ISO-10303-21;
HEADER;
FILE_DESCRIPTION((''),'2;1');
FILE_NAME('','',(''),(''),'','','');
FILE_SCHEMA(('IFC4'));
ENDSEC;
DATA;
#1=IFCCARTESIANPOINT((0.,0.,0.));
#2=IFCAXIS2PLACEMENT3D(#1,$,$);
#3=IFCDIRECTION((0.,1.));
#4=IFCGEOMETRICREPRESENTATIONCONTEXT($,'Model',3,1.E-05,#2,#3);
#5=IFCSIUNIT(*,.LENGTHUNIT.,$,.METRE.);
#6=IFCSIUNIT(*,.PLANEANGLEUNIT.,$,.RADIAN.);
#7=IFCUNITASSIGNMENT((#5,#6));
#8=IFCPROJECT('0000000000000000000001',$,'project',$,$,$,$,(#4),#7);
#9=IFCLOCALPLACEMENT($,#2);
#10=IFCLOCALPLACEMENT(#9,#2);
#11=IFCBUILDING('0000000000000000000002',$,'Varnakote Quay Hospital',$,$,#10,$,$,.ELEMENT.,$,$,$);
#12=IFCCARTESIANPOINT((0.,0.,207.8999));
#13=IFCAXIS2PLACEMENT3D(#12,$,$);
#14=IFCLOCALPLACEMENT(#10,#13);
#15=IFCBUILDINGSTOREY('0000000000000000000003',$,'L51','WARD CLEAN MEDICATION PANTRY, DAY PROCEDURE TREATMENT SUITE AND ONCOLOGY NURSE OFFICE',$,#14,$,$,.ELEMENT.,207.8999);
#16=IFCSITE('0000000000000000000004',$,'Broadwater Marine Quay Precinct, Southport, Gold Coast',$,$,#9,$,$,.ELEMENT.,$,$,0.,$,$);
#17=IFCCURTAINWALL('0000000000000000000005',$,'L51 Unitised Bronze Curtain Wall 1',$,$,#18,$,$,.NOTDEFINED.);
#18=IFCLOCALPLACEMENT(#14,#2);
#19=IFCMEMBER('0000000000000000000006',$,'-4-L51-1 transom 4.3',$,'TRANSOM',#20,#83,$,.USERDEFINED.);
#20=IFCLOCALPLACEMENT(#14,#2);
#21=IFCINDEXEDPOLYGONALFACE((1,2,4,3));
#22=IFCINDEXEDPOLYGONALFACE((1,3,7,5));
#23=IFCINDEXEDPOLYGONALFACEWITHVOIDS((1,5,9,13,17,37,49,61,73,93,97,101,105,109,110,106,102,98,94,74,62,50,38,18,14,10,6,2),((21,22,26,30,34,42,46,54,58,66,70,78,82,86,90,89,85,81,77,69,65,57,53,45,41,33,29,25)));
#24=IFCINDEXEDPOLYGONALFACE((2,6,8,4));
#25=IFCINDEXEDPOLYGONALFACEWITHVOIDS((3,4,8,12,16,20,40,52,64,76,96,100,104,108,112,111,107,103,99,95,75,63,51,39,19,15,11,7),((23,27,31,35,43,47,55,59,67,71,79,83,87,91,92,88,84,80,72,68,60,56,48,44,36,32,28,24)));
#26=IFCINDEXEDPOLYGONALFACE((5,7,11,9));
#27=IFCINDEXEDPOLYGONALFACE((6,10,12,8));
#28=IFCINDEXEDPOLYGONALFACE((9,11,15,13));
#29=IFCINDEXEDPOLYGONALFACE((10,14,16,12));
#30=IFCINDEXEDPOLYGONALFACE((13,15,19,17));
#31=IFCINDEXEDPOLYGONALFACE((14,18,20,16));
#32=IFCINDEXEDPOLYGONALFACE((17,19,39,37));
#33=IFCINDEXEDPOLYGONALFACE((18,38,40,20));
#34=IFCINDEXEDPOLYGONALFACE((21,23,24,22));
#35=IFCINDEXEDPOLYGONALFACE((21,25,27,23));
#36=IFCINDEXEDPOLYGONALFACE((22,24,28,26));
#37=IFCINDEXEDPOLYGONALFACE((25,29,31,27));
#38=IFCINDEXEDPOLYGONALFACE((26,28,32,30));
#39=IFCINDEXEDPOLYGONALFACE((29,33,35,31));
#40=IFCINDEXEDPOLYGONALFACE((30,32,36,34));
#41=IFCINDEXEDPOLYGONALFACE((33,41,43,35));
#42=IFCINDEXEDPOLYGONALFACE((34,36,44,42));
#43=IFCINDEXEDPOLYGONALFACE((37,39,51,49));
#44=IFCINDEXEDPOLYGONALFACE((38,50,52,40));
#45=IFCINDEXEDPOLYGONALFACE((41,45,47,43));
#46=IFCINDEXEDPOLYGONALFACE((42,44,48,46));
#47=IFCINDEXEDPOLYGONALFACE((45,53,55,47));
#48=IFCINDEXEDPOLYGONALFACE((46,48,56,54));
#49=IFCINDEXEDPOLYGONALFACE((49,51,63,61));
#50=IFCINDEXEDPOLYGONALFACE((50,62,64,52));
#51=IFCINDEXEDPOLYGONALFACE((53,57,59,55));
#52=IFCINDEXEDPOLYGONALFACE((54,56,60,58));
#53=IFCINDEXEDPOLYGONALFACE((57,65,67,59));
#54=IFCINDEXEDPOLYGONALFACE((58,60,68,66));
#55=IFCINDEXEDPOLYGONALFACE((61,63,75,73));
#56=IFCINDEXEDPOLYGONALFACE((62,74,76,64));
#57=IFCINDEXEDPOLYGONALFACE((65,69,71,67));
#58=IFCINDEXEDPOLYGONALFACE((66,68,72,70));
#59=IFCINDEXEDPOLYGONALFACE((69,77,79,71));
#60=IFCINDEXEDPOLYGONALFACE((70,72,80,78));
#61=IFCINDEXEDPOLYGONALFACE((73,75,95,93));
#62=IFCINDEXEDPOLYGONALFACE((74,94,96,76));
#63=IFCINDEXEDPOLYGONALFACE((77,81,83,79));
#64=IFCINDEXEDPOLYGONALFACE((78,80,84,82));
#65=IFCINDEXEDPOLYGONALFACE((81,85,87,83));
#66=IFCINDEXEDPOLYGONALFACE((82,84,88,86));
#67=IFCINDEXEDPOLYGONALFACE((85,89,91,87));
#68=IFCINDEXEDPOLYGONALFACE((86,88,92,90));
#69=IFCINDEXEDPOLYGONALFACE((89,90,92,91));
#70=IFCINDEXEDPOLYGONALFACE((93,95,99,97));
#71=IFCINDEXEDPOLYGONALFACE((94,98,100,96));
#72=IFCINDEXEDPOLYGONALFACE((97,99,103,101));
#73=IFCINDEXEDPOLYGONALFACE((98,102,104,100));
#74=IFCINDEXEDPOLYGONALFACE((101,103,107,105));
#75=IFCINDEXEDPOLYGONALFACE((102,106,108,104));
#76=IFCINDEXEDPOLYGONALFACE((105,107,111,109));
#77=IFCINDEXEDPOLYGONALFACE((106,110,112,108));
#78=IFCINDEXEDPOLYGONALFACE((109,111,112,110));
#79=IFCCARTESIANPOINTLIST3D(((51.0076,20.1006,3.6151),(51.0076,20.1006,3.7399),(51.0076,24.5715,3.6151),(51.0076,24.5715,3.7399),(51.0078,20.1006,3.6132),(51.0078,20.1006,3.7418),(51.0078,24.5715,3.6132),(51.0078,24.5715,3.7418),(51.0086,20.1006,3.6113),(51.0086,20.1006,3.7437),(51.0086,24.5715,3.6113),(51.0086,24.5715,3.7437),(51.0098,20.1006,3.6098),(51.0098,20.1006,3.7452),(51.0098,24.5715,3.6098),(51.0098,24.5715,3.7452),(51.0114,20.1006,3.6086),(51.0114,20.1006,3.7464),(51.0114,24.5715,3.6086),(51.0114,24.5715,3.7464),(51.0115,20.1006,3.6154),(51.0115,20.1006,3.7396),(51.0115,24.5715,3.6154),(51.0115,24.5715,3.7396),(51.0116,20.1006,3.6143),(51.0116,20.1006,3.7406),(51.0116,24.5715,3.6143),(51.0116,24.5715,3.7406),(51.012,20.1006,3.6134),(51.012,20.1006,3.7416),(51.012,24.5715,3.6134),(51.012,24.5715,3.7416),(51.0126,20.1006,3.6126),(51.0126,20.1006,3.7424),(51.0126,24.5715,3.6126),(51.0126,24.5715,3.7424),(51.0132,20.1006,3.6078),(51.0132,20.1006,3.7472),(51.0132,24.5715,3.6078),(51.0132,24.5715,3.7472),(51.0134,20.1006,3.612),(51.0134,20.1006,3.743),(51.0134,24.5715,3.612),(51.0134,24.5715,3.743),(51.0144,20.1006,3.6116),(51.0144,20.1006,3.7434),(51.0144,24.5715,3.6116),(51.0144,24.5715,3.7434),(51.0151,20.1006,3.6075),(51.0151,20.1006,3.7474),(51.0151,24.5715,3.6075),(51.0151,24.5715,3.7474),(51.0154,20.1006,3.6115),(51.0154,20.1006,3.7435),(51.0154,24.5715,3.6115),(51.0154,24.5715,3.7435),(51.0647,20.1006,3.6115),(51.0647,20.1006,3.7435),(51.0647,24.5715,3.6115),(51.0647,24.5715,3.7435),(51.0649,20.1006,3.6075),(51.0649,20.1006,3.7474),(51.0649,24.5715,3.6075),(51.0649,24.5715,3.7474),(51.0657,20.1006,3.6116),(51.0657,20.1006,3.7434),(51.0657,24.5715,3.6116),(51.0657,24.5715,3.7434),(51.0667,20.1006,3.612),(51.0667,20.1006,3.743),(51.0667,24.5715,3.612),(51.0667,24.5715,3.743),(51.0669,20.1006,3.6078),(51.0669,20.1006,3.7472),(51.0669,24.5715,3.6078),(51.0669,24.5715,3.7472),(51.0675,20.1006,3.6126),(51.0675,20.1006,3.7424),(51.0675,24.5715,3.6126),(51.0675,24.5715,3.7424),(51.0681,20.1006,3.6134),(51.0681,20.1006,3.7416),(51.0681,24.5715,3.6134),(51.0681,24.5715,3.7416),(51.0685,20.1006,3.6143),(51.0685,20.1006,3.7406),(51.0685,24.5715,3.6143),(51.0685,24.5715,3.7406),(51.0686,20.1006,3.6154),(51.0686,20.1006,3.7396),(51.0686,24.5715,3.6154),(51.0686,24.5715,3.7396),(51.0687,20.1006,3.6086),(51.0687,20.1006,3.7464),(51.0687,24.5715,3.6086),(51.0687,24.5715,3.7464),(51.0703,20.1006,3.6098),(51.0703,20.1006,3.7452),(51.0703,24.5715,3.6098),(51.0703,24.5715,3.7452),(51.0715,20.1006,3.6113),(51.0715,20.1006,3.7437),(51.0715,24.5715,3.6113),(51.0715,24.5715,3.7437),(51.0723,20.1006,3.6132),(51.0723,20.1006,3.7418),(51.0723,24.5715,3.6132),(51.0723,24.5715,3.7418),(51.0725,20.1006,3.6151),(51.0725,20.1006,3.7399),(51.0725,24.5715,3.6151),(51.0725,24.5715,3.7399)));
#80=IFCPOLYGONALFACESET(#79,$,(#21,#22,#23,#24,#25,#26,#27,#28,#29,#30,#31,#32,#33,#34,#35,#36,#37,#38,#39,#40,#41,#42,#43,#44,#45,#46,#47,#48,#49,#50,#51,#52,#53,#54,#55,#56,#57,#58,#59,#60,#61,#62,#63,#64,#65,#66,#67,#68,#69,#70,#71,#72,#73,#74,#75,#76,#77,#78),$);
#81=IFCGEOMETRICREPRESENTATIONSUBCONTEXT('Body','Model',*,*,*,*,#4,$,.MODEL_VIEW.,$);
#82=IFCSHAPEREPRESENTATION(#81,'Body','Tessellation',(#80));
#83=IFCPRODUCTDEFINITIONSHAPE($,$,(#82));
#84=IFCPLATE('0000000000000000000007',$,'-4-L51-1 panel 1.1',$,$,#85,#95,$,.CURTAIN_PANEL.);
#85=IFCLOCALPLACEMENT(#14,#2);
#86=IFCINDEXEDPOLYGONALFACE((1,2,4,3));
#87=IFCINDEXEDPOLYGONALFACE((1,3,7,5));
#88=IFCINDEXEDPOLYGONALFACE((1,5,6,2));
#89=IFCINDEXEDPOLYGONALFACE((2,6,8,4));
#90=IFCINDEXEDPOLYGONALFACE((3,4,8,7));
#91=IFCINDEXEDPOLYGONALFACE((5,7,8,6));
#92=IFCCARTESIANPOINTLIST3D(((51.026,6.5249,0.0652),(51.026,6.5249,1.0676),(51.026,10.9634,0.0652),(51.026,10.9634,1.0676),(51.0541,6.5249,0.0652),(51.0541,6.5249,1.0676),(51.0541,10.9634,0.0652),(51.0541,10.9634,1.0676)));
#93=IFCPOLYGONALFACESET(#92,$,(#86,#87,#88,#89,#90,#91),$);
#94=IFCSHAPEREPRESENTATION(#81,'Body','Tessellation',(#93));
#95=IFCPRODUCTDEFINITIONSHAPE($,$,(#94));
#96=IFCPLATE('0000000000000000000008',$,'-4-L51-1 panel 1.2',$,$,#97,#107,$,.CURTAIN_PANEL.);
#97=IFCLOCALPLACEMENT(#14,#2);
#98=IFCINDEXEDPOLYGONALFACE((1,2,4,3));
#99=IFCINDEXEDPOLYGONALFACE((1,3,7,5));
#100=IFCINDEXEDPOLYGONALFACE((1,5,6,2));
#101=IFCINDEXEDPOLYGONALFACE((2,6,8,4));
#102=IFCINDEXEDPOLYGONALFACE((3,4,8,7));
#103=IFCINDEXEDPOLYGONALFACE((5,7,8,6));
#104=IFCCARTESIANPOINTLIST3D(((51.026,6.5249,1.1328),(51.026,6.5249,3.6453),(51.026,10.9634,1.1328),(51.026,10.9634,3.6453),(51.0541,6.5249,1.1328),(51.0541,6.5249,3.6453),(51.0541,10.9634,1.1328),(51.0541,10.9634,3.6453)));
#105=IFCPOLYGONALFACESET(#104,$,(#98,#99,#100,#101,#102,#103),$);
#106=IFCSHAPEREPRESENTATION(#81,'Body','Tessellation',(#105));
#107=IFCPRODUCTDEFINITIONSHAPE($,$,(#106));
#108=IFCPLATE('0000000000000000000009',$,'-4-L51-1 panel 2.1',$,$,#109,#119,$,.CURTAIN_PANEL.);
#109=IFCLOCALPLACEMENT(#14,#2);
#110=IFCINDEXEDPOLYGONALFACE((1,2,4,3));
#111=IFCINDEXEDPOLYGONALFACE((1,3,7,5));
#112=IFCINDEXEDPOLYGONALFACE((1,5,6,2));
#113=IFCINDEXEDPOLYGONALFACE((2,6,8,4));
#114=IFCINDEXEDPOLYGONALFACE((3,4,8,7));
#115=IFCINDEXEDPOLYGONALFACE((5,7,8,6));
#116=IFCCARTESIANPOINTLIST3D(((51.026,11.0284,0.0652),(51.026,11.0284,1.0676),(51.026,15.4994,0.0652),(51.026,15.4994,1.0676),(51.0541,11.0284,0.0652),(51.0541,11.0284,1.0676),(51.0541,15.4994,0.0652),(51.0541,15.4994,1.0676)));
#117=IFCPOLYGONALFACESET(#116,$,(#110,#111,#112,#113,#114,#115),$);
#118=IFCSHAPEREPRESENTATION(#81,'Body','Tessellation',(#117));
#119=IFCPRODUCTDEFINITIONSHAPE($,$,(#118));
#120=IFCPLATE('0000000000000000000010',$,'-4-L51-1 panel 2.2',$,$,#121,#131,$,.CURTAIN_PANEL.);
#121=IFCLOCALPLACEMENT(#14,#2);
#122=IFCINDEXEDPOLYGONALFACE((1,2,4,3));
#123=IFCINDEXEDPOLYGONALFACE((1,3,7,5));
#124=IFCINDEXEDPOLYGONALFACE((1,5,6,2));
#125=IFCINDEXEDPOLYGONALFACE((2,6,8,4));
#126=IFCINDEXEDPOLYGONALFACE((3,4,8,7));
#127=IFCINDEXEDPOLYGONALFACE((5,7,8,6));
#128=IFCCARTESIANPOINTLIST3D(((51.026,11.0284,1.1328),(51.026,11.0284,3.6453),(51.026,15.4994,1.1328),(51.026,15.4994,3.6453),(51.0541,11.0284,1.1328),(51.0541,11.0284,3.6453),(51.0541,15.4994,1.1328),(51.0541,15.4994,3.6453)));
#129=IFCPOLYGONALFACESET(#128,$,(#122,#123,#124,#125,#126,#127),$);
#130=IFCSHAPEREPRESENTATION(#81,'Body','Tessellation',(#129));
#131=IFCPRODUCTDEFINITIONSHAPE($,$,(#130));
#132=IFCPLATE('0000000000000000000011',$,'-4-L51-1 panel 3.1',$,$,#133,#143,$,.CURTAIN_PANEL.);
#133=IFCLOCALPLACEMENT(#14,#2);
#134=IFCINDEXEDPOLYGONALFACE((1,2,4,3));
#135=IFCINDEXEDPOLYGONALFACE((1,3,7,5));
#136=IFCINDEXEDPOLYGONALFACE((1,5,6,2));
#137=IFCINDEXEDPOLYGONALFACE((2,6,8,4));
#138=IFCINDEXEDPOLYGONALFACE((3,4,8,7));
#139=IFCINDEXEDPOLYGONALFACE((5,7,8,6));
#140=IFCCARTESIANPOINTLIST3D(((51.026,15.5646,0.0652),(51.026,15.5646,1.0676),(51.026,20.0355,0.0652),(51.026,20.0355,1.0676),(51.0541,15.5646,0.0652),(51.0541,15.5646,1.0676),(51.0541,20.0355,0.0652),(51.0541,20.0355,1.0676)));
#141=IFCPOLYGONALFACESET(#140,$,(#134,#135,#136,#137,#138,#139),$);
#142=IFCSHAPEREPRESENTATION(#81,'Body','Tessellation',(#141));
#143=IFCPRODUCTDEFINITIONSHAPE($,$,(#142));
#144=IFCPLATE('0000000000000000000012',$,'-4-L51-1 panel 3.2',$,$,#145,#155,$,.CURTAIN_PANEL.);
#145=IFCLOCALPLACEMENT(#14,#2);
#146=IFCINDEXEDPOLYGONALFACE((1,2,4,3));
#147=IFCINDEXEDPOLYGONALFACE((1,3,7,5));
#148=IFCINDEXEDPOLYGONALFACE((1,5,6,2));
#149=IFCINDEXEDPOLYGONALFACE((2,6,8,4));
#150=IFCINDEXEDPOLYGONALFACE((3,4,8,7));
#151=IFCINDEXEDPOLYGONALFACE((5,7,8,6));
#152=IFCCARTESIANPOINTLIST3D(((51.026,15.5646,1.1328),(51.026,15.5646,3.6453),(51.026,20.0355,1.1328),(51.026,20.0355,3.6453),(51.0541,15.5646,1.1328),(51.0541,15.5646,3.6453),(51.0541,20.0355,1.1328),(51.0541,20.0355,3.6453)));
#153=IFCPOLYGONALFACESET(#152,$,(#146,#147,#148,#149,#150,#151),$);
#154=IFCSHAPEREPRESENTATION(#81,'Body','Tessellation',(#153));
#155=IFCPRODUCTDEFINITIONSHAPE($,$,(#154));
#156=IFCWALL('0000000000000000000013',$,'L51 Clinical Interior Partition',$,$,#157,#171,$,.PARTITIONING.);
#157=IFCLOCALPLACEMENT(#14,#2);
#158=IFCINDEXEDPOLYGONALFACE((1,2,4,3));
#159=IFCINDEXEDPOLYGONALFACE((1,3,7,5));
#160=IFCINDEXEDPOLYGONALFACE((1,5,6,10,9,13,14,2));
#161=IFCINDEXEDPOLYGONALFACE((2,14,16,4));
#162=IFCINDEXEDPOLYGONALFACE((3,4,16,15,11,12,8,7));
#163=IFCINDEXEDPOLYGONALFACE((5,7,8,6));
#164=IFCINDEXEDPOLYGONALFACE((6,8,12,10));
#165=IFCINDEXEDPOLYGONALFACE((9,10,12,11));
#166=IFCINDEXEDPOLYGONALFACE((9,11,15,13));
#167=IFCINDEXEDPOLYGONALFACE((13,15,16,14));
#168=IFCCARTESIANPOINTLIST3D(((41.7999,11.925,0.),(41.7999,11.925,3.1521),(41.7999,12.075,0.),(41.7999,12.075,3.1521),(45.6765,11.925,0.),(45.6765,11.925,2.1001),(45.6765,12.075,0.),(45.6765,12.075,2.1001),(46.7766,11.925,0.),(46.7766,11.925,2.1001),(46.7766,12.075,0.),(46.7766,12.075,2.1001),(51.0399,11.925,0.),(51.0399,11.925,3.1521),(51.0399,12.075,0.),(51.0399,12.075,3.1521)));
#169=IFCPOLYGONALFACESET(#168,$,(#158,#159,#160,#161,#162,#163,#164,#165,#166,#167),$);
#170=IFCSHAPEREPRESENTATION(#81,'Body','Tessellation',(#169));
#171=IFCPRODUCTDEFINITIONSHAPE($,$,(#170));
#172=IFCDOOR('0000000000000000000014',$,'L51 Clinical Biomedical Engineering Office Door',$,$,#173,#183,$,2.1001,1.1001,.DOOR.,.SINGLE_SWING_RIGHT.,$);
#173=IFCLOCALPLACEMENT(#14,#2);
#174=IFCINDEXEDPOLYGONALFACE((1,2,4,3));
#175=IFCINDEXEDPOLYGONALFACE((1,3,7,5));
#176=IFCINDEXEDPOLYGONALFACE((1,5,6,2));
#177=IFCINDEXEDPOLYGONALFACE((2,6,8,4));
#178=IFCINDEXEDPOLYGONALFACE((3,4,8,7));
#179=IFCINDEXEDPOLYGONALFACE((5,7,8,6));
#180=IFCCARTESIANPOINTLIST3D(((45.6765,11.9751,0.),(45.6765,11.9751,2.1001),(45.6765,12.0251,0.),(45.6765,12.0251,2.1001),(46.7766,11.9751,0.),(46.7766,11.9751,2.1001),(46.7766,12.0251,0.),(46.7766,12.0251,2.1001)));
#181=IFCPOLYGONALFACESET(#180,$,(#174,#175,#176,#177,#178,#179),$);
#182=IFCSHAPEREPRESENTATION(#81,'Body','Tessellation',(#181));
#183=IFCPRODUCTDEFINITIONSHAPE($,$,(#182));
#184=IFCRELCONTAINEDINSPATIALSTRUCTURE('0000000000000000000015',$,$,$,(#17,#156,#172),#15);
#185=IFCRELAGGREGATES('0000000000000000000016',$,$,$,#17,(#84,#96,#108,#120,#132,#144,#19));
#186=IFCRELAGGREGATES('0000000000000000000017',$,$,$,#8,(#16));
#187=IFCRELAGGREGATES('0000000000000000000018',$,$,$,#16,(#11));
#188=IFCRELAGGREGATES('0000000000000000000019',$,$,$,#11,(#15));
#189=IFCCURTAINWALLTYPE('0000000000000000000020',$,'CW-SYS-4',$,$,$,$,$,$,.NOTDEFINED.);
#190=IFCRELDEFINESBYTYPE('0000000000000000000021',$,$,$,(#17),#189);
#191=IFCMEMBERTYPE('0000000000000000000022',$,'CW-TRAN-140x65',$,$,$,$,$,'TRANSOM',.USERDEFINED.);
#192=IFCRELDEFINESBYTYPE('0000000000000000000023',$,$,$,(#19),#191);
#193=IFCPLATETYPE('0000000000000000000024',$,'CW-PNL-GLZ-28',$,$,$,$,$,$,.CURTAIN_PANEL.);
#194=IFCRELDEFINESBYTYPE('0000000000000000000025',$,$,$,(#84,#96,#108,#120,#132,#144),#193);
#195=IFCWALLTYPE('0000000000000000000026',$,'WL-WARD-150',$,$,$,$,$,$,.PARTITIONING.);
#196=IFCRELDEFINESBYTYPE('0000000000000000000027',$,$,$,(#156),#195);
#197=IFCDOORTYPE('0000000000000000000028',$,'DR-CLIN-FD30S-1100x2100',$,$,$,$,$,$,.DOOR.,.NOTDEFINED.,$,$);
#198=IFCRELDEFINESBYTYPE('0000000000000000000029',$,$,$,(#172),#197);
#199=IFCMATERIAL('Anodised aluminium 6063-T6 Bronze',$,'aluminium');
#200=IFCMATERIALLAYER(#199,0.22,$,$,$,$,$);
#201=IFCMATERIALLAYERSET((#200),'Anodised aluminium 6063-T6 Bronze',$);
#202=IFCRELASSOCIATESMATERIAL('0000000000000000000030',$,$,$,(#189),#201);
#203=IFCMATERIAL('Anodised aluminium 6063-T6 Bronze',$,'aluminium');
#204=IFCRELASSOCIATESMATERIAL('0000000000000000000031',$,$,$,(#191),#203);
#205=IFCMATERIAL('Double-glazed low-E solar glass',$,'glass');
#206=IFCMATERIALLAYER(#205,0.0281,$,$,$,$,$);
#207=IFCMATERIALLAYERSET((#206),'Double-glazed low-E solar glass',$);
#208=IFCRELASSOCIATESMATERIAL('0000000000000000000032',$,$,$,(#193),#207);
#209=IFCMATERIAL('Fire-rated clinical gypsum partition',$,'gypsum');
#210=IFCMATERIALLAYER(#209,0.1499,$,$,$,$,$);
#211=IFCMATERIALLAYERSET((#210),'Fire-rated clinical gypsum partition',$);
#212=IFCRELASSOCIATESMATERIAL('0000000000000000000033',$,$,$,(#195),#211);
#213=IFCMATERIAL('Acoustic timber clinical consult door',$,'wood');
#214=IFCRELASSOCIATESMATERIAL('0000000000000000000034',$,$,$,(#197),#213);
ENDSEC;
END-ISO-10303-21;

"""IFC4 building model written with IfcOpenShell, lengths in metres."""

from ifc_helpers import new_model, si_unit, direction, frame, frame_2d, origin, origin_2d, place, context, subcontext, project, spatial, rectangle, hollow_rectangle, extrude, material, layer, layer_set, material_profile, profile_set, type_object, element, fill, aggregate, save


model = new_model("IFC4")

# Units and contexts
model_context = context("Model", 3, precision=1e-05, world=origin(), true_north=direction((0.0, 1.0)))
body_context = subcontext(model_context, "Body", "Model", "MODEL_VIEW")
ifc_project = project(units=[si_unit("LENGTHUNIT", "METRE"), si_unit("PLANEANGLEUNIT", "RADIAN")], contexts=[model_context])

# Site, building, storey
site_placement = place(None, origin())
site = spatial("IfcSite", under=ifc_project, at=site_placement, Name="Broadwater Marine Quay Precinct, Southport, Gold Coast", CompositionType="ELEMENT", RefElevation=0.0)
building_placement = place(site_placement, origin())
building = spatial("IfcBuilding", under=site, at=building_placement, Name="Varnakote Quay Hospital", CompositionType="ELEMENT")
storey_placement = place(building_placement, frame((0.0, 0.0, 207.8999)))
storey = spatial("IfcBuildingStorey", under=building, at=storey_placement, Name="L51", Description="WARD CLEAN MEDICATION PANTRY, DAY PROCEDURE TREATMENT SUITE AND ONCOLOGY NURSE OFFICE", CompositionType="ELEMENT", Elevation=207.8999)

# Curtain wall, member, plates
ifc_material_1 = material(Name="Anodised aluminium 6063-T6 Bronze", Category="aluminium")
ifc_layer_1 = layer(ifc_material_1, 0.22)
ifc_layer_set_1 = layer_set([ifc_layer_1], Name="Anodised aluminium 6063-T6 Bronze")
curtain_wall_type = type_object("IfcCurtainWallType", Name="CW-SYS-4", PredefinedType="NOTDEFINED", material=ifc_layer_set_1)
curtain_wall_placement = place(storey_placement, origin())
curtain_wall = element("IfcCurtainWall", 1, at=curtain_wall_placement, inside=storey, type_object=curtain_wall_type, Name="L51 Unitised Bronze Curtain Wall 1", PredefinedType="NOTDEFINED")
ifc_material_2 = material(Name="Anodised aluminium 6063-T6 Bronze", Category="aluminium")
ifc_material_profile_1 = material_profile(ifc_material_2, hollow_rectangle(XDim=0.0649, YDim=0.1399, WallThickness=0.0039, InnerFilletRadius=0.0039, OuterFilletRadius=0.0076, at=origin_2d()), Name="CW-TRAN-140x65")
ifc_profile_set_1 = profile_set([ifc_material_profile_1], Name="Anodised aluminium 6063-T6 Bronze")
member_type_1 = type_object("IfcMemberType", Name="CW-TRAN-140x65", ElementType="TRANSOM", PredefinedType="USERDEFINED", material=ifc_profile_set_1)
member_1_placement = place(storey_placement, frame((51.04, 20.1006, 3.6775), z_axis=(0.0, 1.0, 0.0), x_axis=(-1.0, 0.0, 0.0)))
member_1 = element("IfcMember", 2, at=member_1_placement, type_object=member_type_1, Name="-4-L51-1 transom 4.3", ObjectType="TRANSOM", PredefinedType="USERDEFINED", context=body_context, shape_type="SweptSolid", body=[
    extrude(hollow_rectangle(XDim=0.0649, YDim=0.1399, WallThickness=0.0039, InnerFilletRadius=0.0039, OuterFilletRadius=0.0076, at=origin_2d()), origin(), (0.0, 0.0, 1.0), 4.4709),
])
ifc_material_3 = material(Name="Double-glazed low-E solar glass", Category="glass")
ifc_layer_2 = layer(ifc_material_3, 0.0281)
ifc_layer_set_2 = layer_set([ifc_layer_2], Name="Double-glazed low-E solar glass")
plate_type = type_object("IfcPlateType", Name="CW-PNL-GLZ-28", PredefinedType="CURTAIN_PANEL", material=ifc_layer_set_2)
plate_1_placement = place(storey_placement, frame((51.04, 8.7441, 0.0652), z_axis=(0.0, 0.0, 1.0), x_axis=(0.0, 1.0, 0.0)))
plate_1 = element("IfcPlate", 3, at=plate_1_placement, type_object=plate_type, Name="-4-L51-1 panel 1.1", PredefinedType="CURTAIN_PANEL", context=body_context, shape_type="SweptSolid", body=[
    extrude(rectangle(XDim=4.4385, YDim=0.0281, at=origin_2d()), origin(), (0.0, 0.0, 1.0), 1.0024),
])
plate_2_placement = place(storey_placement, frame((51.04, 8.7441, 1.1328), z_axis=(0.0, 0.0, 1.0), x_axis=(0.0, 1.0, 0.0)))
plate_2 = element("IfcPlate", 4, at=plate_2_placement, type_object=plate_type, Name="-4-L51-1 panel 1.2", PredefinedType="CURTAIN_PANEL", context=body_context, shape_type="SweptSolid", body=[
    extrude(rectangle(XDim=4.4385, YDim=0.0281, at=origin_2d()), origin(), (0.0, 0.0, 1.0), 2.5125),
])
plate_3_placement = place(storey_placement, frame((51.04, 13.2639, 0.0652), z_axis=(0.0, 0.0, 1.0), x_axis=(0.0, 1.0, 0.0)))
plate_3 = element("IfcPlate", 5, at=plate_3_placement, type_object=plate_type, Name="-4-L51-1 panel 2.1", PredefinedType="CURTAIN_PANEL", context=body_context, shape_type="SweptSolid", body=[
    extrude(rectangle(XDim=4.4709, YDim=0.0281, at=origin_2d()), origin(), (0.0, 0.0, 1.0), 1.0024),
])
plate_4_placement = place(storey_placement, frame((51.04, 13.2639, 1.1328), z_axis=(0.0, 0.0, 1.0), x_axis=(0.0, 1.0, 0.0)))
plate_4 = element("IfcPlate", 6, at=plate_4_placement, type_object=plate_type, Name="-4-L51-1 panel 2.2", PredefinedType="CURTAIN_PANEL", context=body_context, shape_type="SweptSolid", body=[
    extrude(rectangle(XDim=4.4709, YDim=0.0281, at=origin_2d()), origin(), (0.0, 0.0, 1.0), 2.5125),
])
plate_5_placement = place(storey_placement, frame((51.04, 17.8, 0.0652), z_axis=(0.0, 0.0, 1.0), x_axis=(0.0, 1.0, 0.0)))
plate_5 = element("IfcPlate", 7, at=plate_5_placement, type_object=plate_type, Name="-4-L51-1 panel 3.1", PredefinedType="CURTAIN_PANEL", context=body_context, shape_type="SweptSolid", body=[
    extrude(rectangle(XDim=4.4709, YDim=0.0281, at=origin_2d()), origin(), (0.0, 0.0, 1.0), 1.0024),
])
plate_6_placement = place(storey_placement, frame((51.04, 17.8, 1.1328), z_axis=(0.0, 0.0, 1.0), x_axis=(0.0, 1.0, 0.0)))
plate_6 = element("IfcPlate", 8, at=plate_6_placement, type_object=plate_type, Name="-4-L51-1 panel 3.2", PredefinedType="CURTAIN_PANEL", context=body_context, shape_type="SweptSolid", body=[
    extrude(rectangle(XDim=4.4709, YDim=0.0281, at=origin_2d()), origin(), (0.0, 0.0, 1.0), 2.5125),
])
aggregate(curtain_wall, [plate_1, plate_2, plate_3, plate_4, plate_5, plate_6, member_1])

# Wall, opening, door
ifc_material_4 = material(Name="Fire-rated clinical gypsum partition", Category="gypsum")
ifc_layer_3 = layer(ifc_material_4, 0.1499)
ifc_layer_set_3 = layer_set([ifc_layer_3], Name="Fire-rated clinical gypsum partition")
wall_type = type_object("IfcWallType", Name="WL-WARD-150", PredefinedType="PARTITIONING", material=ifc_layer_set_3)
wall_1_placement = place(storey_placement, frame((51.04, 12.0, 0.0), z_axis=(0.0, 0.0, 1.0), x_axis=(-1.0, 0.0, 0.0)))
wall_1 = element("IfcWall", 9, at=wall_1_placement, inside=storey, type_object=wall_type, Name="L51 Clinical Interior Partition", PredefinedType="PARTITIONING", context=body_context, shape_type="SweptSolid", body=[
    extrude(rectangle(XDim=9.24, YDim=0.1499, at=frame_2d((4.6201, 0.0))), origin(), (0.0, 0.0, 1.0), 3.1521),
])
opening_1_placement = place(wall_1_placement, frame((4.2634, 0.0, 0.0)))
opening_1 = element("IfcOpeningElement", 10, at=opening_1_placement, cuts=wall_1, PredefinedType="OPENING", context=body_context, shape_type="SweptSolid", body=[
    extrude(rectangle(XDim=1.1001, YDim=2.1001, at=frame_2d((0.55, 1.05))), frame((0.0, 0.085, 0.0), z_axis=(0.0, -1.0, 0.0), x_axis=(1.0, 0.0, 0.0)), (0.0, 0.0, 1.0), 0.1699),
])
ifc_material_5 = material(Name="Acoustic timber clinical consult door", Category="wood")
door_type = type_object("IfcDoorType", Name="DR-CLIN-FD30S-1100x2100", OperationType="NOTDEFINED", PredefinedType="DOOR", material=ifc_material_5)
door_1_placement = place(opening_1_placement, origin())
door_1 = element("IfcDoor", 11, at=door_1_placement, inside=storey, type_object=door_type, Name="L51 Clinical Biomedical Engineering Office Door", OperationType="SINGLE_SWING_RIGHT", OverallHeight=2.1001, OverallWidth=1.1001, PredefinedType="DOOR", context=body_context, shape_type="SweptSolid", body=[
    extrude(rectangle(XDim=1.1001, YDim=2.1001, at=frame_2d((0.55, 1.05))), frame((0.0, 0.0249, 0.0), z_axis=(0.0, -1.0, 0.0), x_axis=(1.0, 0.0, 0.0)), (0.0, 0.0, 1.0), 0.05),
])
fill(opening_1, door_1)

save(model, "model.ifc")
